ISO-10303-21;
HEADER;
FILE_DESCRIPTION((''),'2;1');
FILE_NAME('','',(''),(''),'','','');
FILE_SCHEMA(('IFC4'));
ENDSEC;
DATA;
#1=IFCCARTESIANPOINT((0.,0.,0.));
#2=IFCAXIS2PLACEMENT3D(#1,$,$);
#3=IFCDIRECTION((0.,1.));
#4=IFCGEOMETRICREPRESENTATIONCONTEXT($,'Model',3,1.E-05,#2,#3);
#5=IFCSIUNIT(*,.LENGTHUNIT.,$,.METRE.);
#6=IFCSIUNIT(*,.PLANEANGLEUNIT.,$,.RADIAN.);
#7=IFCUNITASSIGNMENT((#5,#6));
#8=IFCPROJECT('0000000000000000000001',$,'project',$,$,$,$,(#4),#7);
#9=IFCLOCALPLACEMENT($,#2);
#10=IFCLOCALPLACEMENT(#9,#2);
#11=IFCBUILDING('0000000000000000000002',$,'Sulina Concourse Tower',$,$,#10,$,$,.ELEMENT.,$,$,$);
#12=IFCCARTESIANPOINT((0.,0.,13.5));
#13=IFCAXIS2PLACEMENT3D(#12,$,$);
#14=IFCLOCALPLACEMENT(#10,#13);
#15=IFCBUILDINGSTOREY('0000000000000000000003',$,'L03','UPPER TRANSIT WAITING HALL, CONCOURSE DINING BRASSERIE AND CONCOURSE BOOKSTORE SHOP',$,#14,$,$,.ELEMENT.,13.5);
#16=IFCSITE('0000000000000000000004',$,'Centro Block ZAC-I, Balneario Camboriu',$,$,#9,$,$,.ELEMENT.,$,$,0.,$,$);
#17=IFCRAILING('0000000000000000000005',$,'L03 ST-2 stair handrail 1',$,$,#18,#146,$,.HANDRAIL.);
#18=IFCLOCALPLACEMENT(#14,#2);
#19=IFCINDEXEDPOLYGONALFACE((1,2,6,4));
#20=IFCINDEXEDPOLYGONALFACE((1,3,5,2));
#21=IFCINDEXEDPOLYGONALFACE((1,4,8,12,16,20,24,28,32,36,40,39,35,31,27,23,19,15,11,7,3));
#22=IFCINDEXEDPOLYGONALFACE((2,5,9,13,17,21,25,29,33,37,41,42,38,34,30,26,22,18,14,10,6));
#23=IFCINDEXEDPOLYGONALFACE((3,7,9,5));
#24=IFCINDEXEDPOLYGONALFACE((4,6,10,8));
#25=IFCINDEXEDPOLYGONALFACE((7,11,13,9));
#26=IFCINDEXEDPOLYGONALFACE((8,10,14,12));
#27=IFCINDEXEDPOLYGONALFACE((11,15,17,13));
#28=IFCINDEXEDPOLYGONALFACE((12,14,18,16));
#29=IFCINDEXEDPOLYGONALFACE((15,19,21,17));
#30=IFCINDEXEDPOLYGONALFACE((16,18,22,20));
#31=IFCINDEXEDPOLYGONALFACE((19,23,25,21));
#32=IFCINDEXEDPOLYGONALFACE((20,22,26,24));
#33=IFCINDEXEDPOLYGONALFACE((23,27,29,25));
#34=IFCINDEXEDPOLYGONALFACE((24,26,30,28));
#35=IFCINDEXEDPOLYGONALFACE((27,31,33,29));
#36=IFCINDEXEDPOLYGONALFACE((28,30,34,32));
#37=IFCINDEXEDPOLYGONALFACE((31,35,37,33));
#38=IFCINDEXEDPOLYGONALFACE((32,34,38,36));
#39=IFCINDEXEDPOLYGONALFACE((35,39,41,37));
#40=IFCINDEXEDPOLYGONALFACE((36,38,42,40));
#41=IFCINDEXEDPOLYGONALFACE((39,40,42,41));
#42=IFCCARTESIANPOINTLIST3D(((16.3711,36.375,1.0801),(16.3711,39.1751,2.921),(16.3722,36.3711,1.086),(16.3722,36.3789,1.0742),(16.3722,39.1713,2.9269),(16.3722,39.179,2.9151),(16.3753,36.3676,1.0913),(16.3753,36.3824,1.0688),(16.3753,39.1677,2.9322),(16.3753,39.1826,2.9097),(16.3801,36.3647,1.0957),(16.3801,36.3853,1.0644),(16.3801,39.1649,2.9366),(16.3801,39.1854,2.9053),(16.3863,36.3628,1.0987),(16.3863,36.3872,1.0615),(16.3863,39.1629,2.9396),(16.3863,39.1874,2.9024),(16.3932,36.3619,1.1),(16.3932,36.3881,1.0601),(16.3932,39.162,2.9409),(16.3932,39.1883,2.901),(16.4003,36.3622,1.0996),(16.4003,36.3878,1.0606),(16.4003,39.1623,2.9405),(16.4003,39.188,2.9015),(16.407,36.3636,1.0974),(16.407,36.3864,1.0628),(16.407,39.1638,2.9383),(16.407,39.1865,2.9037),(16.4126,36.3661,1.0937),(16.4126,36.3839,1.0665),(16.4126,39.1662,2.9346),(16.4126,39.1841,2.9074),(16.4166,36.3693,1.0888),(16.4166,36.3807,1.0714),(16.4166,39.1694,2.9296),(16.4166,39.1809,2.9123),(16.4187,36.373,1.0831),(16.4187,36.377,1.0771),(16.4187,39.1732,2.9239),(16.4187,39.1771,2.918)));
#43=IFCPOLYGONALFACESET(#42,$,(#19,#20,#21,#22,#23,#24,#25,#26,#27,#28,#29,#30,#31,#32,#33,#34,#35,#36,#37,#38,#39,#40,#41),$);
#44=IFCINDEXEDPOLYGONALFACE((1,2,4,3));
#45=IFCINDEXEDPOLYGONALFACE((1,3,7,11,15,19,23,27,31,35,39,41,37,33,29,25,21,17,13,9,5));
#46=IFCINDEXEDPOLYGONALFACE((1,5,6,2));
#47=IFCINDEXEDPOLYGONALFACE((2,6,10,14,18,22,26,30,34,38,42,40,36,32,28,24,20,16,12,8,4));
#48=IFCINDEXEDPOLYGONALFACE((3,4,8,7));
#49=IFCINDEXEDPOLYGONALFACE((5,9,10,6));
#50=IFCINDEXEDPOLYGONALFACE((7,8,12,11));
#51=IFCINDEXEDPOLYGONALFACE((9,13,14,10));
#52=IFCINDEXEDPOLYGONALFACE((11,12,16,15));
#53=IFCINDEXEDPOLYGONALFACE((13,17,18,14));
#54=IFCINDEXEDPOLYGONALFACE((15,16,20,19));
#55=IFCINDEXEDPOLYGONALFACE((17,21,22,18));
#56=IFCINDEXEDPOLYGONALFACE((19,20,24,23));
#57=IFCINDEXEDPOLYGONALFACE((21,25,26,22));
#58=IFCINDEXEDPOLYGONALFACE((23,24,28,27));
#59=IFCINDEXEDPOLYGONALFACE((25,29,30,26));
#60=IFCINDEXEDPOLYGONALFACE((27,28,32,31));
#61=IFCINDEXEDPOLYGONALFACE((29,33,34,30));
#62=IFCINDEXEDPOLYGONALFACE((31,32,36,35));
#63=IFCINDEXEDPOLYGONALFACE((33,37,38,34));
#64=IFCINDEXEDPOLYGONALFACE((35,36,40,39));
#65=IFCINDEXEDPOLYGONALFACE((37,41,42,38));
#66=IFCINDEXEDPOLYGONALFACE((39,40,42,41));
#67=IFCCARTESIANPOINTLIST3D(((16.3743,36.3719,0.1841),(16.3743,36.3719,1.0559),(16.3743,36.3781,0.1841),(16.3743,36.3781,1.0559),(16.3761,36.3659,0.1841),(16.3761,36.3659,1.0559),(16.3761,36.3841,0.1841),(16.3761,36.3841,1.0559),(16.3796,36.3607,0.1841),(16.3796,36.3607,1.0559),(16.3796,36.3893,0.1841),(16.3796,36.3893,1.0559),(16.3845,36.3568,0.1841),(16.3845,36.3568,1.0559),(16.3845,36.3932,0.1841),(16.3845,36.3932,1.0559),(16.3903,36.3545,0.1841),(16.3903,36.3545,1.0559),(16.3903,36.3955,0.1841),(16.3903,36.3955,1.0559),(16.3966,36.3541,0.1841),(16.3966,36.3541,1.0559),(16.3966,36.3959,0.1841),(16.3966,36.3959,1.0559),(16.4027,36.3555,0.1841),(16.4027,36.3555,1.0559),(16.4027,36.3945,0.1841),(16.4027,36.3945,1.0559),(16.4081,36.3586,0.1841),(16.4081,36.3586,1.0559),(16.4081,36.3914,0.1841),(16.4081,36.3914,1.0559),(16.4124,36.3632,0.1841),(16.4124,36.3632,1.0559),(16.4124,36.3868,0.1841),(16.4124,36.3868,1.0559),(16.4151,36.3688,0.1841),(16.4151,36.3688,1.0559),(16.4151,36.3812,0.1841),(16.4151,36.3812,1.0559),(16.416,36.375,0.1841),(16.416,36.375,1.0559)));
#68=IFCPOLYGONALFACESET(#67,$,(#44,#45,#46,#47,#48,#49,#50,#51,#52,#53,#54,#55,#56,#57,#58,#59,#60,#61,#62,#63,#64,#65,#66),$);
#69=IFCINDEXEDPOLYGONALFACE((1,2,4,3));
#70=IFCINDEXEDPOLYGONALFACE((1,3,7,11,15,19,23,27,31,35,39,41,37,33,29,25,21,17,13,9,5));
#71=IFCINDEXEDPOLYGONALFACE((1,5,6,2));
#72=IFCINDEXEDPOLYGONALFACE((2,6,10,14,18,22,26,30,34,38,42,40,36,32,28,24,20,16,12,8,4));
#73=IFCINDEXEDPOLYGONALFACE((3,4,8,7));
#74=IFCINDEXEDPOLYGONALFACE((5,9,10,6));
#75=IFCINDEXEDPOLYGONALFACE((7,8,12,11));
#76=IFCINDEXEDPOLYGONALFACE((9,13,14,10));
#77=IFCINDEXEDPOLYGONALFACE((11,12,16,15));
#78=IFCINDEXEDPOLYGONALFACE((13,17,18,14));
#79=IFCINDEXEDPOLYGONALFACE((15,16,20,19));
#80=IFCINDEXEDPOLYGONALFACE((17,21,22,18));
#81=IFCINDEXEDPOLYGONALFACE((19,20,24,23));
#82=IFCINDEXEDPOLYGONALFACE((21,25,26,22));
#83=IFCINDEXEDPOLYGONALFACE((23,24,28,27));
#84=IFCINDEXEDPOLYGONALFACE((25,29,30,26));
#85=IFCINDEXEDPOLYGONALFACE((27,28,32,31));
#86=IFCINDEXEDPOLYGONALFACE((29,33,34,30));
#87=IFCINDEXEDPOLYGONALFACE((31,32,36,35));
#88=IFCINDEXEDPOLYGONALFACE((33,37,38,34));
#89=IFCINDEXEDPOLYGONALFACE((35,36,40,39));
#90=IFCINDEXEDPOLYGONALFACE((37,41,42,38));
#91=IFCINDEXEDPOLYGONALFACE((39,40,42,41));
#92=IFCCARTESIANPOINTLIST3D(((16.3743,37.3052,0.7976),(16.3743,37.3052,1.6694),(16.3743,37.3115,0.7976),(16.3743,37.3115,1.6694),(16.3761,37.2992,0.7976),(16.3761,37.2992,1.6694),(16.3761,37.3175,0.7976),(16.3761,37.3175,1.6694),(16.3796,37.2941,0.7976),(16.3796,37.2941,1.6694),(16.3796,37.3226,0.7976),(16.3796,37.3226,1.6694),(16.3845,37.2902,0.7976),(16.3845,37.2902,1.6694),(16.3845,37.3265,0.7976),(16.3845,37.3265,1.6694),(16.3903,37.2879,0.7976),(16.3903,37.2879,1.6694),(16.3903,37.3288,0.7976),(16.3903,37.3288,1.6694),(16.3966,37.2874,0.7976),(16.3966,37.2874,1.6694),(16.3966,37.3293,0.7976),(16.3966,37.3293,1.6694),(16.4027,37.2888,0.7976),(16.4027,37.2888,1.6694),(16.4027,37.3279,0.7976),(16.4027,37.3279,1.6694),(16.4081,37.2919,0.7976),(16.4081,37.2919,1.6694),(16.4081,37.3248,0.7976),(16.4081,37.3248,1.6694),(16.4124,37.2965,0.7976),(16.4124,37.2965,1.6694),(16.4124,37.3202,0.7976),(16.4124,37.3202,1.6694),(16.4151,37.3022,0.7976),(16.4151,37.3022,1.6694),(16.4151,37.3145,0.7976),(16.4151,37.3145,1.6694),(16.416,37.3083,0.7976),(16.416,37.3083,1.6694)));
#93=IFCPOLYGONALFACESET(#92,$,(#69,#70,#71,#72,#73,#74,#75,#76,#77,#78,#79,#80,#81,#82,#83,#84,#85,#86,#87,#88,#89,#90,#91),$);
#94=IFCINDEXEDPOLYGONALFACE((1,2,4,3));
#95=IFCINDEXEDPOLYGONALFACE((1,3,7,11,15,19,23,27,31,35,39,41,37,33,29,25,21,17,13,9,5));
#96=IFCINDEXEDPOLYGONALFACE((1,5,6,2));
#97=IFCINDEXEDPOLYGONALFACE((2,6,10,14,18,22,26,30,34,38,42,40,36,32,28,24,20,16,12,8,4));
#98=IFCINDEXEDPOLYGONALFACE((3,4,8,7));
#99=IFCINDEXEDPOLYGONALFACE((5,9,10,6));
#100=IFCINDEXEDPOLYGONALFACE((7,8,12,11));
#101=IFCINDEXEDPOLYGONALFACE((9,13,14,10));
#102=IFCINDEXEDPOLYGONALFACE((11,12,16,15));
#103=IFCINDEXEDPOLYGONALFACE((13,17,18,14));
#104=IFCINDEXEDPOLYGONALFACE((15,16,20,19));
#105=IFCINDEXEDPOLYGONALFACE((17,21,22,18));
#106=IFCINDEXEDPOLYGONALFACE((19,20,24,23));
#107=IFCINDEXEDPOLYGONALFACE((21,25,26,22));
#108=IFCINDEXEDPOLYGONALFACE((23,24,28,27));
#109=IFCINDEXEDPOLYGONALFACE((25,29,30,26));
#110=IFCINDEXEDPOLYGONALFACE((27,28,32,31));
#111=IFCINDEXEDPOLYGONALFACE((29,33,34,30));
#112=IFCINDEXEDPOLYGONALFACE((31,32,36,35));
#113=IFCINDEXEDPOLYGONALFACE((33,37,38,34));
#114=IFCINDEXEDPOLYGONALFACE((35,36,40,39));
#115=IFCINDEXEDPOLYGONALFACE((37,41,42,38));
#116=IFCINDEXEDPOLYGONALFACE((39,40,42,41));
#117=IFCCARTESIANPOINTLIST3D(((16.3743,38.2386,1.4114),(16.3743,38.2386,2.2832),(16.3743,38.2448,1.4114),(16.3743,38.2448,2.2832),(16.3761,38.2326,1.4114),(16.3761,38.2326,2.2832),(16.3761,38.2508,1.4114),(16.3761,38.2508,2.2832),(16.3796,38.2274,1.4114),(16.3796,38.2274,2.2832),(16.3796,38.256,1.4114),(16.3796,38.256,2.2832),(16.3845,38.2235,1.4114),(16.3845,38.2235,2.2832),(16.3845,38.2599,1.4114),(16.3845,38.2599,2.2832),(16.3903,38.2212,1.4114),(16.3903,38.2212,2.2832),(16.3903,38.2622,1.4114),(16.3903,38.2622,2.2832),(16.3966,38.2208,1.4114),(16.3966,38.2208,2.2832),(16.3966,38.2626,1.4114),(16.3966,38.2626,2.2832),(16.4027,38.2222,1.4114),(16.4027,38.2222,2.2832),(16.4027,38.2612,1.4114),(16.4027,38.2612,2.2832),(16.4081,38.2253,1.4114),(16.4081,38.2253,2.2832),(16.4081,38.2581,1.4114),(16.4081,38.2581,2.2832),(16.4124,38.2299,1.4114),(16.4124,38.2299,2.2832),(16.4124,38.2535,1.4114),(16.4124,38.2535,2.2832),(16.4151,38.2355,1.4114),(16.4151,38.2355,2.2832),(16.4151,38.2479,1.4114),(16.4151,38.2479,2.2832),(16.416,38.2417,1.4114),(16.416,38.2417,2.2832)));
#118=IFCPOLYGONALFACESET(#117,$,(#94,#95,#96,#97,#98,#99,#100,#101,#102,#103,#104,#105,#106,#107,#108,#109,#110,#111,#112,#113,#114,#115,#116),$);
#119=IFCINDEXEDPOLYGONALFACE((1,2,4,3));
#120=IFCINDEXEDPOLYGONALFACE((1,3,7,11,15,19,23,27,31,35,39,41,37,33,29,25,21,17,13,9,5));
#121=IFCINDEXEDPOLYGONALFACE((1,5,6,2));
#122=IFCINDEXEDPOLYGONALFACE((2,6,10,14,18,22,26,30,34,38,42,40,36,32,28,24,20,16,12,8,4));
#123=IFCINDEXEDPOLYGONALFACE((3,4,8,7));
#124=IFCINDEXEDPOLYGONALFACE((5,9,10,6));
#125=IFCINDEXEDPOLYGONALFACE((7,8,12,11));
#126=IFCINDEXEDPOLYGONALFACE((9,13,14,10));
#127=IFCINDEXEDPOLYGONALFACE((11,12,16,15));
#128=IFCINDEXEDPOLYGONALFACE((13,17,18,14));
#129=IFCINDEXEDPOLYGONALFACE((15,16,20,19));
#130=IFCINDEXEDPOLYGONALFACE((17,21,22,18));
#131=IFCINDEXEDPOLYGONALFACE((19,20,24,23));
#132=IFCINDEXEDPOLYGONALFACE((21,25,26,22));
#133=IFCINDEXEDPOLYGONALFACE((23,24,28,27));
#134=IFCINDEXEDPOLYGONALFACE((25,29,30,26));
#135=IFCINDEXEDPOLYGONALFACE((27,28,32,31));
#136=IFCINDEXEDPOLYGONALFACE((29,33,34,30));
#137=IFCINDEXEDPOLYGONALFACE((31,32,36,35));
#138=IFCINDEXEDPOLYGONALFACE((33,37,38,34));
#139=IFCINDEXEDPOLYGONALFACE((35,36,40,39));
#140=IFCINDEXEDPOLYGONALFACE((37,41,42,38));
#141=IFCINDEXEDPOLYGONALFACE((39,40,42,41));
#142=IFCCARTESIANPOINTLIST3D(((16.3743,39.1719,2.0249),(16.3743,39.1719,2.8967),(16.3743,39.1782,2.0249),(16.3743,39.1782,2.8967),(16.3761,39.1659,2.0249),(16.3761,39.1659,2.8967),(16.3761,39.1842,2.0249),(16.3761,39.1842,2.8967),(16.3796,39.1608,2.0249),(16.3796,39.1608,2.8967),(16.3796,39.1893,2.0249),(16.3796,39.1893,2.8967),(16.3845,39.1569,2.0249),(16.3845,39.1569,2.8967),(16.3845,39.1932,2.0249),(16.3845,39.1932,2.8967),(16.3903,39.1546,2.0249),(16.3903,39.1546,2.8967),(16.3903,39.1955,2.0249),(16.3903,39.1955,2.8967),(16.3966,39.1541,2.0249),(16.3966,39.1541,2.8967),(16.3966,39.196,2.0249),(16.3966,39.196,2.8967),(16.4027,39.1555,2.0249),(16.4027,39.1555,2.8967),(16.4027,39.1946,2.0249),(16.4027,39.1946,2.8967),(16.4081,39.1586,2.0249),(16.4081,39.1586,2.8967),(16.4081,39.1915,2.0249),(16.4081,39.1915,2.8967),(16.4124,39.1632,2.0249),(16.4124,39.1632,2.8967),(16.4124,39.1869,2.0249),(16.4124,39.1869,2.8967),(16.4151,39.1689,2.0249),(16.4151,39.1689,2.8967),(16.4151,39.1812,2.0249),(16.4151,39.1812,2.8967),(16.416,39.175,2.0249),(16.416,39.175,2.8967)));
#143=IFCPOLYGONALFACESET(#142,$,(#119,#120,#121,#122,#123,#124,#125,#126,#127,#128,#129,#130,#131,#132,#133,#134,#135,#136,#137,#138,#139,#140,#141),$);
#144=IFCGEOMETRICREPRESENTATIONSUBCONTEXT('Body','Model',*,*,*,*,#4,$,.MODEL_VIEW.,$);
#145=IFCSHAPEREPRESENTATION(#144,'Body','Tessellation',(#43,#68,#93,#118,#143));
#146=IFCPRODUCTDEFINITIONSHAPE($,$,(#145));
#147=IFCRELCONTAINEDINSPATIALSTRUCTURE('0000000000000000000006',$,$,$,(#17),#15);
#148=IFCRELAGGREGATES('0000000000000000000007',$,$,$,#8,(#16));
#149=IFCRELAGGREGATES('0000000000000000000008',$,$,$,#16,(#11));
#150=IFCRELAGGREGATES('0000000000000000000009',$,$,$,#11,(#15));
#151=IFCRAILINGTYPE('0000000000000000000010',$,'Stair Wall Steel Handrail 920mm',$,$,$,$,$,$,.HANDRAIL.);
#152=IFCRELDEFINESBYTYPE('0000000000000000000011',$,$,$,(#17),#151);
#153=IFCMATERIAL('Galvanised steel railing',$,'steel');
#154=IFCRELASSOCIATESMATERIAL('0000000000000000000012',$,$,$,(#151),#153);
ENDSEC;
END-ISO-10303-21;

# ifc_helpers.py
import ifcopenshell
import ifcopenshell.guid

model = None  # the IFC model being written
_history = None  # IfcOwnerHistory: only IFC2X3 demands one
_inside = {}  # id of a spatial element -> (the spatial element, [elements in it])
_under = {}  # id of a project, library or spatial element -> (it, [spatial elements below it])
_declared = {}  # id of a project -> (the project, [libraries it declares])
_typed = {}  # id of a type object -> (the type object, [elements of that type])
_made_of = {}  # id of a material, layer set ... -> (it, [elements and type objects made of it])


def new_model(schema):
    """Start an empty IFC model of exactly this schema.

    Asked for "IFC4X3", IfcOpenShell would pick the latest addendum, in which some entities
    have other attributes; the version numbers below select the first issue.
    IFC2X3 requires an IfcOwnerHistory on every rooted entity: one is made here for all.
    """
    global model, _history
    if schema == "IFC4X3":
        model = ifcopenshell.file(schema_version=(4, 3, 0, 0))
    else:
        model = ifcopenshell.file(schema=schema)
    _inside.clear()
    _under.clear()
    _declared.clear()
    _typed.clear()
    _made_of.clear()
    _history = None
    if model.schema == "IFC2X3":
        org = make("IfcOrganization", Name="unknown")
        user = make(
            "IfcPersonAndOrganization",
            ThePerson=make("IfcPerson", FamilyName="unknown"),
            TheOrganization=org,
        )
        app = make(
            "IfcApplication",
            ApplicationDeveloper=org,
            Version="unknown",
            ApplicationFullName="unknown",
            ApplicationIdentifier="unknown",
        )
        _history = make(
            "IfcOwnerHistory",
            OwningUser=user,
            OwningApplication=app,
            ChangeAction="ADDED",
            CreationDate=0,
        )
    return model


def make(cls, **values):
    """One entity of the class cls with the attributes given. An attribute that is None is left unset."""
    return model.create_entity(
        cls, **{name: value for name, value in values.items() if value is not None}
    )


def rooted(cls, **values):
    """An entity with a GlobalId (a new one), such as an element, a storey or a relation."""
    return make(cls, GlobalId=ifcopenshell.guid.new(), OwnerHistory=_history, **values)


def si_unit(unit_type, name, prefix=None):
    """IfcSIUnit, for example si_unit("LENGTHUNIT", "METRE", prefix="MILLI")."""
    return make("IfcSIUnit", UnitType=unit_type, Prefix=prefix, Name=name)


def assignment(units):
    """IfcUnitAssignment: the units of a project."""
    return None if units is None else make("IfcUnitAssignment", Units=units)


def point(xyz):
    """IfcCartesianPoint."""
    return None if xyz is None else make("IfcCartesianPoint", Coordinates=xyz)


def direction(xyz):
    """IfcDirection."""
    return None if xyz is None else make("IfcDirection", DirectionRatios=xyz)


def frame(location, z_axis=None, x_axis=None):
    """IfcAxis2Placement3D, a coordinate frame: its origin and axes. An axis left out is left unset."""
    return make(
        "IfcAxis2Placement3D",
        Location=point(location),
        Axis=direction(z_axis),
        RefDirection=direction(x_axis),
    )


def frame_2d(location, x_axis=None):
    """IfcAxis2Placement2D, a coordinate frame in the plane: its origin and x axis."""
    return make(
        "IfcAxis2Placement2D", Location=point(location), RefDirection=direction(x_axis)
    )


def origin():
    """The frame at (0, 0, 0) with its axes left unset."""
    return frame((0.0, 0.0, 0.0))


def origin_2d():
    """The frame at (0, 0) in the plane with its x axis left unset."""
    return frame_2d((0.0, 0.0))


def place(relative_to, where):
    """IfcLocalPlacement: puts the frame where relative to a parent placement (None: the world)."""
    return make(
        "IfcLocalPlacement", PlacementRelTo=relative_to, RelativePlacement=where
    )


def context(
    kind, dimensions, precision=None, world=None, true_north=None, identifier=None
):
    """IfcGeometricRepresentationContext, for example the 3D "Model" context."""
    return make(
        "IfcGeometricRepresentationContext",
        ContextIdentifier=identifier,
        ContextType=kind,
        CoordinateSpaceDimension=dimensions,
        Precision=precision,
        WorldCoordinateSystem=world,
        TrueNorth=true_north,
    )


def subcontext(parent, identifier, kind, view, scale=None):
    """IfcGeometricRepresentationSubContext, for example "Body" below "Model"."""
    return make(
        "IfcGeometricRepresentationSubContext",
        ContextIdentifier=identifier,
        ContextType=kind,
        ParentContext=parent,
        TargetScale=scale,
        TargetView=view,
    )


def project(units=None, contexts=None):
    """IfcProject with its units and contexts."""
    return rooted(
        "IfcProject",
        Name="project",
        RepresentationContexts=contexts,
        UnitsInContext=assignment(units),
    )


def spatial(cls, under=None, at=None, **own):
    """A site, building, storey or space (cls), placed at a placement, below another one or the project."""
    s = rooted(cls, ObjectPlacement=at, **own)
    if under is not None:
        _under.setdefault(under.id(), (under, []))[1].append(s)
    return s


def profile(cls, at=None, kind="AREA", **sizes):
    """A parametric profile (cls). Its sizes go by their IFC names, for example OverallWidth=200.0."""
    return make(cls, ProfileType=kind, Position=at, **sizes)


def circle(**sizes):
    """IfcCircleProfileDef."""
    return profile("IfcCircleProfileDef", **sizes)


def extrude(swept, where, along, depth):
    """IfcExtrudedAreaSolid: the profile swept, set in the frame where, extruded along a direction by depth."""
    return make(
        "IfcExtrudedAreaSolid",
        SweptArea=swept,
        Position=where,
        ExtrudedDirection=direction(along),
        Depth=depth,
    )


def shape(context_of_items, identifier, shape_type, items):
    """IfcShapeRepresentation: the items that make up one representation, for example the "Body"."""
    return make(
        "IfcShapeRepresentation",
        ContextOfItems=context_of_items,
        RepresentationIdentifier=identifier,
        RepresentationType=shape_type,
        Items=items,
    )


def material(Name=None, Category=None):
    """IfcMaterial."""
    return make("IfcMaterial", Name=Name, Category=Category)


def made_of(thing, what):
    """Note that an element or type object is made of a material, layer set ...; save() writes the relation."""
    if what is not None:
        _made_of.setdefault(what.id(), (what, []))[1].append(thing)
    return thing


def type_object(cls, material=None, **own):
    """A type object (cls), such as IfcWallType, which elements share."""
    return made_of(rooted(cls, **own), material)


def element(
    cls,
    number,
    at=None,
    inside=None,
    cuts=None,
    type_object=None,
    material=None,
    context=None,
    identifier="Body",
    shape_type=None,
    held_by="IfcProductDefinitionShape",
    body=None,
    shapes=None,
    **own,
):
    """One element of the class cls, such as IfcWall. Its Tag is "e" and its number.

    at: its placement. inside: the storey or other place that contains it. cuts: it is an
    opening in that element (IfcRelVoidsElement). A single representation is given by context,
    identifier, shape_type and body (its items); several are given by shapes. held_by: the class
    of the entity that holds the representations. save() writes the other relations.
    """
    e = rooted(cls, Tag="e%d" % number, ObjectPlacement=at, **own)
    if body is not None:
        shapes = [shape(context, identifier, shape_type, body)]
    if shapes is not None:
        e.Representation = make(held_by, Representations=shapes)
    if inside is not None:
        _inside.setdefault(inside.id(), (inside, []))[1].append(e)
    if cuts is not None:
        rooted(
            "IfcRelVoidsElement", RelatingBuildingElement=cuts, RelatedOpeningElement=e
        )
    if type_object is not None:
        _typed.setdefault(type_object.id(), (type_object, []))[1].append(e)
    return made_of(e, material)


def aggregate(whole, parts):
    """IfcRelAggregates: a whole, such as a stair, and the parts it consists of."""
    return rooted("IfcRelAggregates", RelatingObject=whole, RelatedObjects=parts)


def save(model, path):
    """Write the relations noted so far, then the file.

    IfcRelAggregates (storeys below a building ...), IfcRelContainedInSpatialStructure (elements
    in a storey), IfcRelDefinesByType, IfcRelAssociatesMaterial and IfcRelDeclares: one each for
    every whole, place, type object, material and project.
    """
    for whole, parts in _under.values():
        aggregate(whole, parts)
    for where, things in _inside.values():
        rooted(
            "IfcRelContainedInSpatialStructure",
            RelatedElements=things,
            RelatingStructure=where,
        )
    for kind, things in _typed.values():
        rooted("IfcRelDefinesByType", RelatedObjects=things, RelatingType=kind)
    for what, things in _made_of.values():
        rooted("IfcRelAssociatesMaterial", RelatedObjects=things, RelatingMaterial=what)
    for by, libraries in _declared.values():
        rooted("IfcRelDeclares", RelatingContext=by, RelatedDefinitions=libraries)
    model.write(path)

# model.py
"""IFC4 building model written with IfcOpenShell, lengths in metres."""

from ifc_helpers import new_model, si_unit, direction, frame, origin, origin_2d, place, context, subcontext, project, spatial, circle, extrude, material, type_object, element, save


model = new_model("IFC4")

# Units and contexts
model_context = context("Model", 3, precision=1e-05, world=origin(), true_north=direction((0.0, 1.0)))
body_context = subcontext(model_context, "Body", "Model", "MODEL_VIEW")
ifc_project = project(units=[si_unit("LENGTHUNIT", "METRE"), si_unit("PLANEANGLEUNIT", "RADIAN")], contexts=[model_context])

# Site, building, storey
site_placement = place(None, origin())
site = spatial("IfcSite", under=ifc_project, at=site_placement, Name="Centro Block ZAC-I, Balneario Camboriu", CompositionType="ELEMENT", RefElevation=0.0)
building_placement = place(site_placement, origin())
building = spatial("IfcBuilding", under=site, at=building_placement, Name="Sulina Concourse Tower", CompositionType="ELEMENT")
storey_placement = place(building_placement, frame((0.0, 0.0, 13.5)))
storey = spatial("IfcBuildingStorey", under=building, at=storey_placement, Name="L03", Description="UPPER TRANSIT WAITING HALL, CONCOURSE DINING BRASSERIE AND CONCOURSE BOOKSTORE SHOP", CompositionType="ELEMENT", Elevation=13.5)

# Railing
ifc_material_1 = material(Name="Galvanised steel railing", Category="steel")
railing_type_1 = type_object("IfcRailingType", Name="Stair Wall Steel Handrail 920mm", PredefinedType="HANDRAIL", material=ifc_material_1)
railing_1_placement = place(storey_placement, frame((16.395, 36.375, 0.1841)))
element("IfcRailing", 1, at=railing_1_placement, inside=storey, type_object=railing_type_1, Name="L03 ST-2 stair handrail 1", PredefinedType="HANDRAIL", context=body_context, shape_type="SweptSolid", body=[
    extrude(circle(Radius=0.0239, at=origin_2d()), frame((0.0, 0.0, 0.896), z_axis=(0.0, 0.835598, 0.549342), x_axis=(-1.0, 0.0, 0.0)), (0.0, 0.0, 1.0), 3.3511),
    extrude(circle(Radius=0.021, at=origin_2d()), origin(), (0.0, 0.0, 1.0), 0.8718),
    extrude(circle(Radius=0.021, at=origin_2d()), frame((0.0, 0.9333, 0.6135)), (0.0, 0.0, 1.0), 0.8718),
    extrude(circle(Radius=0.021, at=origin_2d()), frame((0.0, 1.8667, 1.2273)), (0.0, 0.0, 1.0), 0.8718),
    extrude(circle(Radius=0.021, at=origin_2d()), frame((0.0, 2.8, 1.8408)), (0.0, 0.0, 1.0), 0.8718),
])

save(model, "model.ifc")
